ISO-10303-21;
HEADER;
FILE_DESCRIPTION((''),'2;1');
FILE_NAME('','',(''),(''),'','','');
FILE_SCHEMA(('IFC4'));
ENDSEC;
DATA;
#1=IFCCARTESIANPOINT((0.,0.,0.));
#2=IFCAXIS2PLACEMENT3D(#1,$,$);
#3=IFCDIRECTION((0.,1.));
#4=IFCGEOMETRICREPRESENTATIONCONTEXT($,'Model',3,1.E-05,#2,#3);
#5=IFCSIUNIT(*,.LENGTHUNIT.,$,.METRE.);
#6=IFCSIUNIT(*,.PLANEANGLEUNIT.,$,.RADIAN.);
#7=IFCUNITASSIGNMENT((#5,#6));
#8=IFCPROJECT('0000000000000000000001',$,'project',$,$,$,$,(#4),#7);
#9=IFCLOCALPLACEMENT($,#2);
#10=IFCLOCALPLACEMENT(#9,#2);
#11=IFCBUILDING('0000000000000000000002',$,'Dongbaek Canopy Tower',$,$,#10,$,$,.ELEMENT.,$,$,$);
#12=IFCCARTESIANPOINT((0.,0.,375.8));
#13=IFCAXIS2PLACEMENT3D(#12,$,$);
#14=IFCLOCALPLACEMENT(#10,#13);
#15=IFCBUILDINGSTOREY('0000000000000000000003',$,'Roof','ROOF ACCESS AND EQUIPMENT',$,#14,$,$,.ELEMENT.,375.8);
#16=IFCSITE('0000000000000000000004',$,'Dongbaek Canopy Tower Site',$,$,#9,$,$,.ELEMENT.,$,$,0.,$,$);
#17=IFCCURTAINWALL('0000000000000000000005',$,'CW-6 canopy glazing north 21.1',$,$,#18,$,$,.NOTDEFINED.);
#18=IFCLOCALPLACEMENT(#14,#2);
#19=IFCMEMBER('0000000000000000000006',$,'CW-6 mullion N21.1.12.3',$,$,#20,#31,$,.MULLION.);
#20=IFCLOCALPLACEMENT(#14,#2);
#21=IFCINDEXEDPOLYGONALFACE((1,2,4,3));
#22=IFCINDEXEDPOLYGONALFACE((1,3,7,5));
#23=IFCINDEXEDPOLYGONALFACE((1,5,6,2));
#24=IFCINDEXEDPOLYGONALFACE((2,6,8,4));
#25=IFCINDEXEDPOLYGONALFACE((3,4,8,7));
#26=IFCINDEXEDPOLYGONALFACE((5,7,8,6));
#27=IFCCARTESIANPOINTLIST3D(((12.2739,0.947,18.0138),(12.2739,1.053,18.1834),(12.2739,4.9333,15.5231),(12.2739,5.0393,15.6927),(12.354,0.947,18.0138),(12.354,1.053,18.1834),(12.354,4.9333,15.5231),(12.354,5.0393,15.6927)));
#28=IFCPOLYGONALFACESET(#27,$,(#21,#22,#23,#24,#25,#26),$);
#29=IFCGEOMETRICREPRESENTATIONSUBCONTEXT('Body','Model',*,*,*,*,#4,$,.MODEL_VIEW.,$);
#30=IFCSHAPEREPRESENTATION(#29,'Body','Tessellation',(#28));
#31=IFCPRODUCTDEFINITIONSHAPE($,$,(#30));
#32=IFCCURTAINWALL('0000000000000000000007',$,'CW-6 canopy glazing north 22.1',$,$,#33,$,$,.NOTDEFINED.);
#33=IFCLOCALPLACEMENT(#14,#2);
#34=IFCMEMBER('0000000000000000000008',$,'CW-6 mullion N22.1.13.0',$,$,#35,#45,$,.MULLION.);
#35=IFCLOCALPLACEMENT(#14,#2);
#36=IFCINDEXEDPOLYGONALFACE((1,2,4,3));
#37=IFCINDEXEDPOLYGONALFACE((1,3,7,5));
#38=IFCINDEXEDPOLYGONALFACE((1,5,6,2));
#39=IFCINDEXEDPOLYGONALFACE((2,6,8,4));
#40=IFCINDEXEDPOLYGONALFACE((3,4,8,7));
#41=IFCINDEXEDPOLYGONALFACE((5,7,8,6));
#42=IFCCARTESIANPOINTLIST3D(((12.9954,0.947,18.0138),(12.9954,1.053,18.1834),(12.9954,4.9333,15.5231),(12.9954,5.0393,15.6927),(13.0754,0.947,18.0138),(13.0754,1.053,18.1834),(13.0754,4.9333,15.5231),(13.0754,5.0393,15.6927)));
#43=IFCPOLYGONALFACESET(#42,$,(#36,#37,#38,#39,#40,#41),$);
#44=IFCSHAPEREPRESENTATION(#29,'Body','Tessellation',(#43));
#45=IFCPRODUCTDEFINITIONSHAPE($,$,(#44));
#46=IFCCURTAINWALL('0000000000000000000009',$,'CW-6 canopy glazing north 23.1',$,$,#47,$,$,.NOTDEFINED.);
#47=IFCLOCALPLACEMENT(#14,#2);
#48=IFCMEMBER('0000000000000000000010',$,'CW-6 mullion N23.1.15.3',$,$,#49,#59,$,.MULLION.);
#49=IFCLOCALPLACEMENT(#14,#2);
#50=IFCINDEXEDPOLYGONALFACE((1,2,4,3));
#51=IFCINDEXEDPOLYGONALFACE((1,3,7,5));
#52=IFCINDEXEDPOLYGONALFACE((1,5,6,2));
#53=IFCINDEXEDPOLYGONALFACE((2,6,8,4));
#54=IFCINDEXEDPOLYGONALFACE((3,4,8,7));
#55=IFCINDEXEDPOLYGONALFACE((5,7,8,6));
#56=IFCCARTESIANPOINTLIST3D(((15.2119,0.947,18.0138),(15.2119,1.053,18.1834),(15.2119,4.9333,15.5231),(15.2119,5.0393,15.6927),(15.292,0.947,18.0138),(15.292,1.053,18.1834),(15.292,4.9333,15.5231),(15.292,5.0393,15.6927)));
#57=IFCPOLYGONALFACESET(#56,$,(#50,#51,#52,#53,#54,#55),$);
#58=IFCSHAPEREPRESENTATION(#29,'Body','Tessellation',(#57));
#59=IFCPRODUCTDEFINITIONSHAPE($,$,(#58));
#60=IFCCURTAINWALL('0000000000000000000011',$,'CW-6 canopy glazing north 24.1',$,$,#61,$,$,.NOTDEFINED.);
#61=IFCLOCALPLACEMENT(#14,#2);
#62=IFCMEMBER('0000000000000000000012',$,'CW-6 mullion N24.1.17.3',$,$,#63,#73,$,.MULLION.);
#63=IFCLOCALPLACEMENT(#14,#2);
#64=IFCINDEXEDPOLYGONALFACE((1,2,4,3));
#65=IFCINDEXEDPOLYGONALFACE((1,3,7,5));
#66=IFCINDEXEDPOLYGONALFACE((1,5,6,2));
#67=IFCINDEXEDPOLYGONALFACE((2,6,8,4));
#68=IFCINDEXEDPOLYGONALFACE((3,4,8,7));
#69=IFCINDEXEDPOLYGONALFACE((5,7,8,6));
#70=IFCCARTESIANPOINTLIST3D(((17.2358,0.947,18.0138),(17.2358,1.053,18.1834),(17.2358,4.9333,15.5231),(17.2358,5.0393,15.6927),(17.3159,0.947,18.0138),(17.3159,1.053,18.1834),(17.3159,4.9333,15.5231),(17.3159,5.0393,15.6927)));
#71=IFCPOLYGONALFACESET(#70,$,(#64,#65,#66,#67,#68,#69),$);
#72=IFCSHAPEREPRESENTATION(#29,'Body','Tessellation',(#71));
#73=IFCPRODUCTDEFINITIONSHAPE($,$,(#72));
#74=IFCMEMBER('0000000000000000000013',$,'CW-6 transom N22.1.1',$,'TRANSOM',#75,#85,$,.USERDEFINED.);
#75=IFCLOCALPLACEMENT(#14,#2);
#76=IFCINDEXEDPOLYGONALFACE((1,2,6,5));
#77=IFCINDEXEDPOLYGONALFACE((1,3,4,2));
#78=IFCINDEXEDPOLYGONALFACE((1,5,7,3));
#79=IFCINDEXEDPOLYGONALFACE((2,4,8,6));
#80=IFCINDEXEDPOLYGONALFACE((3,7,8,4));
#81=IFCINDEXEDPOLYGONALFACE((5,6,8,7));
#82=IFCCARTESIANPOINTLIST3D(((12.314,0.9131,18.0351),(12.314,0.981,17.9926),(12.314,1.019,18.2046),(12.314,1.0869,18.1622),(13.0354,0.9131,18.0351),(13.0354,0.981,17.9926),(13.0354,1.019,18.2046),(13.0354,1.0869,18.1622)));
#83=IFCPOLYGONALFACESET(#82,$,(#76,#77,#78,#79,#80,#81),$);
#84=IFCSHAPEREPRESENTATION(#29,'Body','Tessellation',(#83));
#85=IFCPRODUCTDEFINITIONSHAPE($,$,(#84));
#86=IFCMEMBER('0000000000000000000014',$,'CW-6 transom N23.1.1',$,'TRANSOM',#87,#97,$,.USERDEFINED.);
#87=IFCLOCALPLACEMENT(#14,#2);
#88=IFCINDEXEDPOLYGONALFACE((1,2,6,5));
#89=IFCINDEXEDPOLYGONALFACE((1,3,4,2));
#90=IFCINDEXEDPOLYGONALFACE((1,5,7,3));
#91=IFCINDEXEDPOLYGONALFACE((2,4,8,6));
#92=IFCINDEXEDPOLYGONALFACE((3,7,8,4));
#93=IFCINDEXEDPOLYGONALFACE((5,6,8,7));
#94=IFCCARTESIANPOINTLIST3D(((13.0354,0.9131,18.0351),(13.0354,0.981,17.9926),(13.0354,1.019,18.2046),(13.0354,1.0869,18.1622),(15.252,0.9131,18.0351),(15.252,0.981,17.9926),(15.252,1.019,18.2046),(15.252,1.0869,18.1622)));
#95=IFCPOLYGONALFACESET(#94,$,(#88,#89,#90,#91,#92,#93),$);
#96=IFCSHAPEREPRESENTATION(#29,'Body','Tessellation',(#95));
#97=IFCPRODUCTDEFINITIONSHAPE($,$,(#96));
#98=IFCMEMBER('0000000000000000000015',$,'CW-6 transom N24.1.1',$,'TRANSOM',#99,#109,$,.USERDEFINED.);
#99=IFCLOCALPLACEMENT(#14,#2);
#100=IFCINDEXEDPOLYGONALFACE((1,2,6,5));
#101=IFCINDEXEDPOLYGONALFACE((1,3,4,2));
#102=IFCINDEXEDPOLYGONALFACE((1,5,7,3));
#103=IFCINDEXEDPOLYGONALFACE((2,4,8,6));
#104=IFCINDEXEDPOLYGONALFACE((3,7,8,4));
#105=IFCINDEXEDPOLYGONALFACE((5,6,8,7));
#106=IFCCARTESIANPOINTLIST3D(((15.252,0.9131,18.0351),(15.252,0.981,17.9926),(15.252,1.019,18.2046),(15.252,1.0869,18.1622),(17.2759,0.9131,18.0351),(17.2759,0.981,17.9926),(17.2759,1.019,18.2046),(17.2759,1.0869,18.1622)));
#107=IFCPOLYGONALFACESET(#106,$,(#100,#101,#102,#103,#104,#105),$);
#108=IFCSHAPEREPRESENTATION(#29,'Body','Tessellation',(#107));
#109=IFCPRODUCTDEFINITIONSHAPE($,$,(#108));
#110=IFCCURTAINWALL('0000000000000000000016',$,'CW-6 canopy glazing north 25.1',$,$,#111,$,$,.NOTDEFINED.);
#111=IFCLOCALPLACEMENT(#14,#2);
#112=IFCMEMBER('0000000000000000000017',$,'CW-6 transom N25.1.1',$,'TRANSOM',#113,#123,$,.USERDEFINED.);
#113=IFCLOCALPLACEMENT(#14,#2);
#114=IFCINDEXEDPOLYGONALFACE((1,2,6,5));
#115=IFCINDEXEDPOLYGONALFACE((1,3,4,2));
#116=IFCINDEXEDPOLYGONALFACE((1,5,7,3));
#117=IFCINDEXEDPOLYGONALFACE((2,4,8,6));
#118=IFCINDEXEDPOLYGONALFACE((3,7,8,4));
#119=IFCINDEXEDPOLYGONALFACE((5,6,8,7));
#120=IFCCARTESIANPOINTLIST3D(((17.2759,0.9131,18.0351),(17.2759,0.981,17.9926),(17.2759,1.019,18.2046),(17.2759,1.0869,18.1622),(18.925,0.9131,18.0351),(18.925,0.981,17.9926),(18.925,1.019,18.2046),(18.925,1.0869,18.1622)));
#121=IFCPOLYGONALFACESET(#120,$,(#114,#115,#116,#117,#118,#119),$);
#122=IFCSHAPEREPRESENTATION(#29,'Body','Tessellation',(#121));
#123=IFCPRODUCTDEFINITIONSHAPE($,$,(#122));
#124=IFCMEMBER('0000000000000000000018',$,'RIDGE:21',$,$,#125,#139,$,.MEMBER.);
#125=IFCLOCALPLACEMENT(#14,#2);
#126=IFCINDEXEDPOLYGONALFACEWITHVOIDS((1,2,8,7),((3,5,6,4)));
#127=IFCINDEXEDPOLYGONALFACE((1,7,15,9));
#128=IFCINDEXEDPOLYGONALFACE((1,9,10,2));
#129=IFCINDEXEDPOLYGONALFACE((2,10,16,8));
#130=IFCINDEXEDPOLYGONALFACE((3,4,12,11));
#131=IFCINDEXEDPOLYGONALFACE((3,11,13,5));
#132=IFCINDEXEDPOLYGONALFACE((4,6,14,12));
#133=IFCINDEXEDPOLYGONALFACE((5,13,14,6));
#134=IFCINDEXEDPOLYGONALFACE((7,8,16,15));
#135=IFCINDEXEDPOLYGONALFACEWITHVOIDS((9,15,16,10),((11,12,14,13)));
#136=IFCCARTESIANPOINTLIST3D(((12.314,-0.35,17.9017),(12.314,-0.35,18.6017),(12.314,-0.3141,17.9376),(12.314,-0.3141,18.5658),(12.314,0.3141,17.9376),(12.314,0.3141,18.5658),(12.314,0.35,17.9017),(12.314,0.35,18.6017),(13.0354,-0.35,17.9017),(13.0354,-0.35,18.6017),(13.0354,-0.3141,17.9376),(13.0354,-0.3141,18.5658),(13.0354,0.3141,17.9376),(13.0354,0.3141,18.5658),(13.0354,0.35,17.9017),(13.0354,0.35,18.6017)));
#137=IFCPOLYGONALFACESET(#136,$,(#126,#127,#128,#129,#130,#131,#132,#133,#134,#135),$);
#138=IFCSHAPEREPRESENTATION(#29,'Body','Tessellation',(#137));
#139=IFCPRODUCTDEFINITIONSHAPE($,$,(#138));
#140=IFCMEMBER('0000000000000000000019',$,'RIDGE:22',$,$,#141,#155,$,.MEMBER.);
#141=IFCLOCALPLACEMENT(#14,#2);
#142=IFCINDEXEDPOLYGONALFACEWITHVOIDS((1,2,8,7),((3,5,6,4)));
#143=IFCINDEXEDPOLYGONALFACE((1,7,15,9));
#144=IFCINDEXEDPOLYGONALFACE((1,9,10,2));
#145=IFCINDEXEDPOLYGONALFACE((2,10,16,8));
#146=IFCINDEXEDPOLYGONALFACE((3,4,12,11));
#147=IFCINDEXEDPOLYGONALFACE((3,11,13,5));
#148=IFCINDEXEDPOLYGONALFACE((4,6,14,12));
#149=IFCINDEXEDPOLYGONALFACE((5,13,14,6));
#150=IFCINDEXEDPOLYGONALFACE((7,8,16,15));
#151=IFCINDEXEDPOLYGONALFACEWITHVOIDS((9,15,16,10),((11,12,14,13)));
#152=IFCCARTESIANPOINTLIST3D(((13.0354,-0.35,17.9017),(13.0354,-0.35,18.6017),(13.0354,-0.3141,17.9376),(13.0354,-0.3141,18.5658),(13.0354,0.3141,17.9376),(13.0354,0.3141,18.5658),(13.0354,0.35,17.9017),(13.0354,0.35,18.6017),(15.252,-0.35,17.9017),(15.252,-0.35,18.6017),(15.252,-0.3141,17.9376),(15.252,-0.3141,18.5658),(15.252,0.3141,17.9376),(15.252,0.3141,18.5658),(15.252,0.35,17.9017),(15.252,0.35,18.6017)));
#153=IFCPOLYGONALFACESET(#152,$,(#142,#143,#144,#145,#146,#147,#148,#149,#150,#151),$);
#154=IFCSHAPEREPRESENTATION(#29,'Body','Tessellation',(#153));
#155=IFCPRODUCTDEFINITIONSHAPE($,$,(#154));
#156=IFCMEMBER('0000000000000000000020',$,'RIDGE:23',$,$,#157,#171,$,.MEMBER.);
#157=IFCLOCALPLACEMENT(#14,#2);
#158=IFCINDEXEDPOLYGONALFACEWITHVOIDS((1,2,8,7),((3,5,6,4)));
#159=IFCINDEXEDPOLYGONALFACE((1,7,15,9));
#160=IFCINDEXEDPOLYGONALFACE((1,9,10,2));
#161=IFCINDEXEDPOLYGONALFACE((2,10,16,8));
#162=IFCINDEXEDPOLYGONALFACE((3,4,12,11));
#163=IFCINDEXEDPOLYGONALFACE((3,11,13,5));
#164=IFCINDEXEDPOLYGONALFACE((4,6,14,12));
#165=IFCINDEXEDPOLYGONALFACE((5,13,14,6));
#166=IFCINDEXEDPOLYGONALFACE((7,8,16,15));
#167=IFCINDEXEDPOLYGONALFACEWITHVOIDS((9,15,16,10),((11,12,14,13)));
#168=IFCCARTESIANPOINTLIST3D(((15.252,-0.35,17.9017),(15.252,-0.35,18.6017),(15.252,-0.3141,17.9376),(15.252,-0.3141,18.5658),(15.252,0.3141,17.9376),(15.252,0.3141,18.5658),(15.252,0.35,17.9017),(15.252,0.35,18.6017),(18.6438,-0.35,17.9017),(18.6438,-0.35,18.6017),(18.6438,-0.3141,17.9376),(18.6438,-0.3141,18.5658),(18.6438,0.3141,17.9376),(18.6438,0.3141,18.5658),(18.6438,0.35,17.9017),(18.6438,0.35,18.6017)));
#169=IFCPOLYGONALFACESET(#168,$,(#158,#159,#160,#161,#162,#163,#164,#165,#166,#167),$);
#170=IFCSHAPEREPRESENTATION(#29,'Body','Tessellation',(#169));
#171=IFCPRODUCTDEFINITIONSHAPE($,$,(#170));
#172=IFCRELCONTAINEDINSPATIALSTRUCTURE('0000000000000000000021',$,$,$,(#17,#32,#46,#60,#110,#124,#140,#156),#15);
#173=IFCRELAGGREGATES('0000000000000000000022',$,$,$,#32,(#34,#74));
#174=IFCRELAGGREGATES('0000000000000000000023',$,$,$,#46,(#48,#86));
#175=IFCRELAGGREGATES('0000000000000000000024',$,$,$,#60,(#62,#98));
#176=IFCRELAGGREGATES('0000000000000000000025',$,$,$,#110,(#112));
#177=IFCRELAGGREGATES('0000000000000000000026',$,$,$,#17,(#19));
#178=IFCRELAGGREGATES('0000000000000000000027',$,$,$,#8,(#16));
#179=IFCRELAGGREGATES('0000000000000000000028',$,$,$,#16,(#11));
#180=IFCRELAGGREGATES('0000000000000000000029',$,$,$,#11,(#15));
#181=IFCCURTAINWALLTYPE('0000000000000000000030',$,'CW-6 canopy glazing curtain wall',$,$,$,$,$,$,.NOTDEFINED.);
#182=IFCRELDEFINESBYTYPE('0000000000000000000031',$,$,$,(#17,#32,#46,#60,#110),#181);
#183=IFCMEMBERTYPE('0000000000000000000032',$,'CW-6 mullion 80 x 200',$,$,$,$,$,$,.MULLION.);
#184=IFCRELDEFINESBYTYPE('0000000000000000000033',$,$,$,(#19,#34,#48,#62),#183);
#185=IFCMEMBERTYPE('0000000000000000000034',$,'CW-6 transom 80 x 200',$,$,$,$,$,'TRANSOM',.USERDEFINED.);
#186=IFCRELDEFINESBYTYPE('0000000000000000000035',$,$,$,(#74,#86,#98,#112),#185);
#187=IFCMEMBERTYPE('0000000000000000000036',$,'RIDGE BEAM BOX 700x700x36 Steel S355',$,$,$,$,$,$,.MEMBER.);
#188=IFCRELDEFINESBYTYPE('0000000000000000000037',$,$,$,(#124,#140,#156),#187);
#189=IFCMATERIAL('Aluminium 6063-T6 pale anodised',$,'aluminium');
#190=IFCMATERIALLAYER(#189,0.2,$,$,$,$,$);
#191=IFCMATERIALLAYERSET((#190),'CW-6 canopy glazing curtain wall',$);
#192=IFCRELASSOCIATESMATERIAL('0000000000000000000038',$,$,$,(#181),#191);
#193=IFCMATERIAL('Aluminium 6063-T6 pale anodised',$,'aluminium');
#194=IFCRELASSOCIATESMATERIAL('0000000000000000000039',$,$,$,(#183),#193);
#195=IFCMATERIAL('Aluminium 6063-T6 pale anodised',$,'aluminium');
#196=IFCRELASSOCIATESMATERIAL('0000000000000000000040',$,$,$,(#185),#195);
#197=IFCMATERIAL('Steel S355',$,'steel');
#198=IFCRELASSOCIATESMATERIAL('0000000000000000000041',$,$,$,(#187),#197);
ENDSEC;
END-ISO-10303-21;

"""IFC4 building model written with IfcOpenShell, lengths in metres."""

from ifc_helpers import new_model, si_unit, direction, frame, origin, origin_2d, place, context, subcontext, project, spatial, rectangle, hollow_rectangle, extrude, material, layer, layer_set, material_profile, profile_set, type_object, element, aggregate, save


model = new_model("IFC4")

# Units and contexts
model_context = context("Model", 3, precision=1e-05, world=origin(), true_north=direction((0.0, 1.0)))
body_context = subcontext(model_context, "Body", "Model", "MODEL_VIEW")
ifc_project = project(units=[si_unit("LENGTHUNIT", "METRE"), si_unit("PLANEANGLEUNIT", "RADIAN")], contexts=[model_context])

# Site, building, storey
site_placement = place(None, origin())
site = spatial("IfcSite", under=ifc_project, at=site_placement, Name="Dongbaek Canopy Tower Site", CompositionType="ELEMENT", RefElevation=0.0)
building_placement = place(site_placement, origin())
building = spatial("IfcBuilding", under=site, at=building_placement, Name="Dongbaek Canopy Tower", CompositionType="ELEMENT")
storey_placement = place(building_placement, frame((0.0, 0.0, 375.8)))
storey = spatial("IfcBuildingStorey", under=building, at=storey_placement, Name="Roof", Description="ROOF ACCESS AND EQUIPMENT", CompositionType="ELEMENT", Elevation=375.8)

# Curtain walls, members
ifc_material_1 = material(Name="Aluminium 6063-T6 pale anodised", Category="aluminium")
ifc_layer_1 = layer(ifc_material_1, 0.2)
ifc_layer_set_1 = layer_set([ifc_layer_1], Name="CW-6 canopy glazing curtain wall")
curtain_wall_type = type_object("IfcCurtainWallType", Name="CW-6 canopy glazing curtain wall", PredefinedType="NOTDEFINED", material=ifc_layer_set_1)
curtain_wall_1_placement = place(storey_placement, origin())
curtain_wall_1 = element("IfcCurtainWall", 1, at=curtain_wall_1_placement, inside=storey, type_object=curtain_wall_type, Name="CW-6 canopy glazing north 21.1", PredefinedType="NOTDEFINED")
ifc_material_2 = material(Name="Aluminium 6063-T6 pale anodised", Category="aluminium")
ifc_material_profile_1 = material_profile(ifc_material_2, rectangle(XDim=0.0801, YDim=0.2, at=origin_2d()), Name="CW-6 mullion 80 x 200")
ifc_profile_set_1 = profile_set([ifc_material_profile_1], Name="Aluminium 6063-T6 pale anodised")
member_type_1 = type_object("IfcMemberType", Name="CW-6 mullion 80 x 200", PredefinedType="MULLION", material=ifc_profile_set_1)
member_1_placement = place(storey_placement, frame((12.314, 1.0, 18.0986), z_axis=(0.0, 0.848068, -0.529887), x_axis=(-1.0, 0.0, 0.0)))
member_1 = element("IfcMember", 2, at=member_1_placement, type_object=member_type_1, Name="CW-6 mullion N21.1.12.3", PredefinedType="MULLION", context=body_context, shape_type="SweptSolid", body=[
    extrude(rectangle(XDim=0.0801, YDim=0.2, at=origin_2d()), origin(), (0.0, 0.0, 1.0), 4.7004),
])
curtain_wall_2_placement = place(storey_placement, origin())
curtain_wall_2 = element("IfcCurtainWall", 3, at=curtain_wall_2_placement, inside=storey, type_object=curtain_wall_type, Name="CW-6 canopy glazing north 22.1", PredefinedType="NOTDEFINED")
member_2_placement = place(storey_placement, frame((13.0354, 1.0, 18.0986), z_axis=(0.0, 0.848068, -0.529887), x_axis=(-1.0, 0.0, 0.0)))
member_2 = element("IfcMember", 4, at=member_2_placement, type_object=member_type_1, Name="CW-6 mullion N22.1.13.0", PredefinedType="MULLION", context=body_context, shape_type="SweptSolid", body=[
    extrude(rectangle(XDim=0.0801, YDim=0.2, at=origin_2d()), origin(), (0.0, 0.0, 1.0), 4.7004),
])
curtain_wall_3_placement = place(storey_placement, origin())
curtain_wall_3 = element("IfcCurtainWall", 5, at=curtain_wall_3_placement, inside=storey, type_object=curtain_wall_type, Name="CW-6 canopy glazing north 23.1", PredefinedType="NOTDEFINED")
member_3_placement = place(storey_placement, frame((15.252, 1.0, 18.0986), z_axis=(0.0, 0.848068, -0.529887), x_axis=(-1.0, 0.0, 0.0)))
member_3 = element("IfcMember", 6, at=member_3_placement, type_object=member_type_1, Name="CW-6 mullion N23.1.15.3", PredefinedType="MULLION", context=body_context, shape_type="SweptSolid", body=[
    extrude(rectangle(XDim=0.0801, YDim=0.2, at=origin_2d()), origin(), (0.0, 0.0, 1.0), 4.7004),
])
curtain_wall_4_placement = place(storey_placement, origin())
curtain_wall_4 = element("IfcCurtainWall", 7, at=curtain_wall_4_placement, inside=storey, type_object=curtain_wall_type, Name="CW-6 canopy glazing north 24.1", PredefinedType="NOTDEFINED")
member_4_placement = place(storey_placement, frame((17.2759, 1.0, 18.0986), z_axis=(0.0, 0.848068, -0.529887), x_axis=(-1.0, 0.0, 0.0)))
member_4 = element("IfcMember", 8, at=member_4_placement, type_object=member_type_1, Name="CW-6 mullion N24.1.17.3", PredefinedType="MULLION", context=body_context, shape_type="SweptSolid", body=[
    extrude(rectangle(XDim=0.0801, YDim=0.2, at=origin_2d()), origin(), (0.0, 0.0, 1.0), 4.7004),
])

# Members
ifc_material_3 = material(Name="Aluminium 6063-T6 pale anodised", Category="aluminium")
ifc_material_profile_2 = material_profile(ifc_material_3, rectangle(XDim=0.0801, YDim=0.2, at=origin_2d()), Name="CW-6 transom 80 x 200")
ifc_profile_set_2 = profile_set([ifc_material_profile_2], Name="Aluminium 6063-T6 pale anodised")
member_type_2 = type_object("IfcMemberType", Name="CW-6 transom 80 x 200", ElementType="TRANSOM", PredefinedType="USERDEFINED", material=ifc_profile_set_2)
member_5_placement = place(storey_placement, frame((12.314, 1.0, 18.0986), z_axis=(1.0, 0.0, 0.0), x_axis=(0.0, 0.848048, -0.529919)))
member_5 = element("IfcMember", 9, at=member_5_placement, type_object=member_type_2, Name="CW-6 transom N22.1.1", ObjectType="TRANSOM", PredefinedType="USERDEFINED", context=body_context, shape_type="SweptSolid", body=[
    extrude(rectangle(XDim=0.0801, YDim=0.2, at=origin_2d()), origin(), (0.0, 0.0, 1.0), 0.7214),
])
aggregate(curtain_wall_2, [member_2, member_5])
member_6_placement = place(storey_placement, frame((13.0354, 1.0, 18.0986), z_axis=(1.0, 0.0, 0.0), x_axis=(0.0, 0.848048, -0.529919)))
member_6 = element("IfcMember", 10, at=member_6_placement, type_object=member_type_2, Name="CW-6 transom N23.1.1", ObjectType="TRANSOM", PredefinedType="USERDEFINED", context=body_context, shape_type="SweptSolid", body=[
    extrude(rectangle(XDim=0.0801, YDim=0.2, at=origin_2d()), origin(), (0.0, 0.0, 1.0), 2.2166),
])
aggregate(curtain_wall_3, [member_3, member_6])
member_7_placement = place(storey_placement, frame((15.252, 1.0, 18.0986), z_axis=(1.0, 0.0, 0.0), x_axis=(0.0, 0.848048, -0.529919)))
member_7 = element("IfcMember", 11, at=member_7_placement, type_object=member_type_2, Name="CW-6 transom N24.1.1", ObjectType="TRANSOM", PredefinedType="USERDEFINED", context=body_context, shape_type="SweptSolid", body=[
    extrude(rectangle(XDim=0.0801, YDim=0.2, at=origin_2d()), origin(), (0.0, 0.0, 1.0), 2.0239),
])
aggregate(curtain_wall_4, [member_4, member_7])

# Curtain wall, member
curtain_wall_5_placement = place(storey_placement, origin())
curtain_wall_5 = element("IfcCurtainWall", 12, at=curtain_wall_5_placement, inside=storey, type_object=curtain_wall_type, Name="CW-6 canopy glazing north 25.1", PredefinedType="NOTDEFINED")
member_8_placement = place(storey_placement, frame((17.2759, 1.0, 18.0986), z_axis=(1.0, 0.0, 0.0), x_axis=(0.0, 0.848048, -0.529919)))
member_8 = element("IfcMember", 13, at=member_8_placement, type_object=member_type_2, Name="CW-6 transom N25.1.1", ObjectType="TRANSOM", PredefinedType="USERDEFINED", context=body_context, shape_type="SweptSolid", body=[
    extrude(rectangle(XDim=0.0801, YDim=0.2, at=origin_2d()), origin(), (0.0, 0.0, 1.0), 1.6492),
])
aggregate(curtain_wall_5, [member_8])

# Members
ifc_material_4 = material(Name="Steel S355", Category="steel")
ifc_material_profile_3 = material_profile(ifc_material_4, hollow_rectangle(XDim=0.7, YDim=0.7, WallThickness=0.0359, at=origin_2d()), Name="RIDGE BEAM BOX 700x700x36 Steel S355")
ifc_profile_set_3 = profile_set([ifc_material_profile_3], Name="Steel S355")
member_type_3 = type_object("IfcMemberType", Name="RIDGE BEAM BOX 700x700x36 Steel S355", PredefinedType="MEMBER", material=ifc_profile_set_3)
member_9_placement = place(storey_placement, frame((12.314, 0.0, 18.2517), z_axis=(1.0, 0.0, 0.0), x_axis=(0.0, 1.0, 0.0)))
element("IfcMember", 14, at=member_9_placement, inside=storey, type_object=member_type_3, Name="RIDGE:21", PredefinedType="MEMBER", context=body_context, shape_type="SweptSolid", body=[
    extrude(hollow_rectangle(XDim=0.7, YDim=0.7, WallThickness=0.0359, at=origin_2d()), origin(), (0.0, 0.0, 1.0), 0.7214),
])
member_10_placement = place(storey_placement, frame((13.0354, 0.0, 18.2517), z_axis=(1.0, 0.0, 0.0), x_axis=(0.0, 1.0, 0.0)))
element("IfcMember", 15, at=member_10_placement, inside=storey, type_object=member_type_3, Name="RIDGE:22", PredefinedType="MEMBER", context=body_context, shape_type="SweptSolid", body=[
    extrude(hollow_rectangle(XDim=0.7, YDim=0.7, WallThickness=0.0359, at=origin_2d()), origin(), (0.0, 0.0, 1.0), 2.2166),
])
member_11_placement = place(storey_placement, frame((15.252, 0.0, 18.2517), z_axis=(1.0, 0.0, 0.0), x_axis=(0.0, 1.0, 0.0)))
element("IfcMember", 16, at=member_11_placement, inside=storey, type_object=member_type_3, Name="RIDGE:23", PredefinedType="MEMBER", context=body_context, shape_type="SweptSolid", body=[
    extrude(hollow_rectangle(XDim=0.7, YDim=0.7, WallThickness=0.0359, at=origin_2d()), origin(), (0.0, 0.0, 1.0), 3.3918),
])

aggregate(curtain_wall_1, [member_1])

save(model, "model.ifc")
